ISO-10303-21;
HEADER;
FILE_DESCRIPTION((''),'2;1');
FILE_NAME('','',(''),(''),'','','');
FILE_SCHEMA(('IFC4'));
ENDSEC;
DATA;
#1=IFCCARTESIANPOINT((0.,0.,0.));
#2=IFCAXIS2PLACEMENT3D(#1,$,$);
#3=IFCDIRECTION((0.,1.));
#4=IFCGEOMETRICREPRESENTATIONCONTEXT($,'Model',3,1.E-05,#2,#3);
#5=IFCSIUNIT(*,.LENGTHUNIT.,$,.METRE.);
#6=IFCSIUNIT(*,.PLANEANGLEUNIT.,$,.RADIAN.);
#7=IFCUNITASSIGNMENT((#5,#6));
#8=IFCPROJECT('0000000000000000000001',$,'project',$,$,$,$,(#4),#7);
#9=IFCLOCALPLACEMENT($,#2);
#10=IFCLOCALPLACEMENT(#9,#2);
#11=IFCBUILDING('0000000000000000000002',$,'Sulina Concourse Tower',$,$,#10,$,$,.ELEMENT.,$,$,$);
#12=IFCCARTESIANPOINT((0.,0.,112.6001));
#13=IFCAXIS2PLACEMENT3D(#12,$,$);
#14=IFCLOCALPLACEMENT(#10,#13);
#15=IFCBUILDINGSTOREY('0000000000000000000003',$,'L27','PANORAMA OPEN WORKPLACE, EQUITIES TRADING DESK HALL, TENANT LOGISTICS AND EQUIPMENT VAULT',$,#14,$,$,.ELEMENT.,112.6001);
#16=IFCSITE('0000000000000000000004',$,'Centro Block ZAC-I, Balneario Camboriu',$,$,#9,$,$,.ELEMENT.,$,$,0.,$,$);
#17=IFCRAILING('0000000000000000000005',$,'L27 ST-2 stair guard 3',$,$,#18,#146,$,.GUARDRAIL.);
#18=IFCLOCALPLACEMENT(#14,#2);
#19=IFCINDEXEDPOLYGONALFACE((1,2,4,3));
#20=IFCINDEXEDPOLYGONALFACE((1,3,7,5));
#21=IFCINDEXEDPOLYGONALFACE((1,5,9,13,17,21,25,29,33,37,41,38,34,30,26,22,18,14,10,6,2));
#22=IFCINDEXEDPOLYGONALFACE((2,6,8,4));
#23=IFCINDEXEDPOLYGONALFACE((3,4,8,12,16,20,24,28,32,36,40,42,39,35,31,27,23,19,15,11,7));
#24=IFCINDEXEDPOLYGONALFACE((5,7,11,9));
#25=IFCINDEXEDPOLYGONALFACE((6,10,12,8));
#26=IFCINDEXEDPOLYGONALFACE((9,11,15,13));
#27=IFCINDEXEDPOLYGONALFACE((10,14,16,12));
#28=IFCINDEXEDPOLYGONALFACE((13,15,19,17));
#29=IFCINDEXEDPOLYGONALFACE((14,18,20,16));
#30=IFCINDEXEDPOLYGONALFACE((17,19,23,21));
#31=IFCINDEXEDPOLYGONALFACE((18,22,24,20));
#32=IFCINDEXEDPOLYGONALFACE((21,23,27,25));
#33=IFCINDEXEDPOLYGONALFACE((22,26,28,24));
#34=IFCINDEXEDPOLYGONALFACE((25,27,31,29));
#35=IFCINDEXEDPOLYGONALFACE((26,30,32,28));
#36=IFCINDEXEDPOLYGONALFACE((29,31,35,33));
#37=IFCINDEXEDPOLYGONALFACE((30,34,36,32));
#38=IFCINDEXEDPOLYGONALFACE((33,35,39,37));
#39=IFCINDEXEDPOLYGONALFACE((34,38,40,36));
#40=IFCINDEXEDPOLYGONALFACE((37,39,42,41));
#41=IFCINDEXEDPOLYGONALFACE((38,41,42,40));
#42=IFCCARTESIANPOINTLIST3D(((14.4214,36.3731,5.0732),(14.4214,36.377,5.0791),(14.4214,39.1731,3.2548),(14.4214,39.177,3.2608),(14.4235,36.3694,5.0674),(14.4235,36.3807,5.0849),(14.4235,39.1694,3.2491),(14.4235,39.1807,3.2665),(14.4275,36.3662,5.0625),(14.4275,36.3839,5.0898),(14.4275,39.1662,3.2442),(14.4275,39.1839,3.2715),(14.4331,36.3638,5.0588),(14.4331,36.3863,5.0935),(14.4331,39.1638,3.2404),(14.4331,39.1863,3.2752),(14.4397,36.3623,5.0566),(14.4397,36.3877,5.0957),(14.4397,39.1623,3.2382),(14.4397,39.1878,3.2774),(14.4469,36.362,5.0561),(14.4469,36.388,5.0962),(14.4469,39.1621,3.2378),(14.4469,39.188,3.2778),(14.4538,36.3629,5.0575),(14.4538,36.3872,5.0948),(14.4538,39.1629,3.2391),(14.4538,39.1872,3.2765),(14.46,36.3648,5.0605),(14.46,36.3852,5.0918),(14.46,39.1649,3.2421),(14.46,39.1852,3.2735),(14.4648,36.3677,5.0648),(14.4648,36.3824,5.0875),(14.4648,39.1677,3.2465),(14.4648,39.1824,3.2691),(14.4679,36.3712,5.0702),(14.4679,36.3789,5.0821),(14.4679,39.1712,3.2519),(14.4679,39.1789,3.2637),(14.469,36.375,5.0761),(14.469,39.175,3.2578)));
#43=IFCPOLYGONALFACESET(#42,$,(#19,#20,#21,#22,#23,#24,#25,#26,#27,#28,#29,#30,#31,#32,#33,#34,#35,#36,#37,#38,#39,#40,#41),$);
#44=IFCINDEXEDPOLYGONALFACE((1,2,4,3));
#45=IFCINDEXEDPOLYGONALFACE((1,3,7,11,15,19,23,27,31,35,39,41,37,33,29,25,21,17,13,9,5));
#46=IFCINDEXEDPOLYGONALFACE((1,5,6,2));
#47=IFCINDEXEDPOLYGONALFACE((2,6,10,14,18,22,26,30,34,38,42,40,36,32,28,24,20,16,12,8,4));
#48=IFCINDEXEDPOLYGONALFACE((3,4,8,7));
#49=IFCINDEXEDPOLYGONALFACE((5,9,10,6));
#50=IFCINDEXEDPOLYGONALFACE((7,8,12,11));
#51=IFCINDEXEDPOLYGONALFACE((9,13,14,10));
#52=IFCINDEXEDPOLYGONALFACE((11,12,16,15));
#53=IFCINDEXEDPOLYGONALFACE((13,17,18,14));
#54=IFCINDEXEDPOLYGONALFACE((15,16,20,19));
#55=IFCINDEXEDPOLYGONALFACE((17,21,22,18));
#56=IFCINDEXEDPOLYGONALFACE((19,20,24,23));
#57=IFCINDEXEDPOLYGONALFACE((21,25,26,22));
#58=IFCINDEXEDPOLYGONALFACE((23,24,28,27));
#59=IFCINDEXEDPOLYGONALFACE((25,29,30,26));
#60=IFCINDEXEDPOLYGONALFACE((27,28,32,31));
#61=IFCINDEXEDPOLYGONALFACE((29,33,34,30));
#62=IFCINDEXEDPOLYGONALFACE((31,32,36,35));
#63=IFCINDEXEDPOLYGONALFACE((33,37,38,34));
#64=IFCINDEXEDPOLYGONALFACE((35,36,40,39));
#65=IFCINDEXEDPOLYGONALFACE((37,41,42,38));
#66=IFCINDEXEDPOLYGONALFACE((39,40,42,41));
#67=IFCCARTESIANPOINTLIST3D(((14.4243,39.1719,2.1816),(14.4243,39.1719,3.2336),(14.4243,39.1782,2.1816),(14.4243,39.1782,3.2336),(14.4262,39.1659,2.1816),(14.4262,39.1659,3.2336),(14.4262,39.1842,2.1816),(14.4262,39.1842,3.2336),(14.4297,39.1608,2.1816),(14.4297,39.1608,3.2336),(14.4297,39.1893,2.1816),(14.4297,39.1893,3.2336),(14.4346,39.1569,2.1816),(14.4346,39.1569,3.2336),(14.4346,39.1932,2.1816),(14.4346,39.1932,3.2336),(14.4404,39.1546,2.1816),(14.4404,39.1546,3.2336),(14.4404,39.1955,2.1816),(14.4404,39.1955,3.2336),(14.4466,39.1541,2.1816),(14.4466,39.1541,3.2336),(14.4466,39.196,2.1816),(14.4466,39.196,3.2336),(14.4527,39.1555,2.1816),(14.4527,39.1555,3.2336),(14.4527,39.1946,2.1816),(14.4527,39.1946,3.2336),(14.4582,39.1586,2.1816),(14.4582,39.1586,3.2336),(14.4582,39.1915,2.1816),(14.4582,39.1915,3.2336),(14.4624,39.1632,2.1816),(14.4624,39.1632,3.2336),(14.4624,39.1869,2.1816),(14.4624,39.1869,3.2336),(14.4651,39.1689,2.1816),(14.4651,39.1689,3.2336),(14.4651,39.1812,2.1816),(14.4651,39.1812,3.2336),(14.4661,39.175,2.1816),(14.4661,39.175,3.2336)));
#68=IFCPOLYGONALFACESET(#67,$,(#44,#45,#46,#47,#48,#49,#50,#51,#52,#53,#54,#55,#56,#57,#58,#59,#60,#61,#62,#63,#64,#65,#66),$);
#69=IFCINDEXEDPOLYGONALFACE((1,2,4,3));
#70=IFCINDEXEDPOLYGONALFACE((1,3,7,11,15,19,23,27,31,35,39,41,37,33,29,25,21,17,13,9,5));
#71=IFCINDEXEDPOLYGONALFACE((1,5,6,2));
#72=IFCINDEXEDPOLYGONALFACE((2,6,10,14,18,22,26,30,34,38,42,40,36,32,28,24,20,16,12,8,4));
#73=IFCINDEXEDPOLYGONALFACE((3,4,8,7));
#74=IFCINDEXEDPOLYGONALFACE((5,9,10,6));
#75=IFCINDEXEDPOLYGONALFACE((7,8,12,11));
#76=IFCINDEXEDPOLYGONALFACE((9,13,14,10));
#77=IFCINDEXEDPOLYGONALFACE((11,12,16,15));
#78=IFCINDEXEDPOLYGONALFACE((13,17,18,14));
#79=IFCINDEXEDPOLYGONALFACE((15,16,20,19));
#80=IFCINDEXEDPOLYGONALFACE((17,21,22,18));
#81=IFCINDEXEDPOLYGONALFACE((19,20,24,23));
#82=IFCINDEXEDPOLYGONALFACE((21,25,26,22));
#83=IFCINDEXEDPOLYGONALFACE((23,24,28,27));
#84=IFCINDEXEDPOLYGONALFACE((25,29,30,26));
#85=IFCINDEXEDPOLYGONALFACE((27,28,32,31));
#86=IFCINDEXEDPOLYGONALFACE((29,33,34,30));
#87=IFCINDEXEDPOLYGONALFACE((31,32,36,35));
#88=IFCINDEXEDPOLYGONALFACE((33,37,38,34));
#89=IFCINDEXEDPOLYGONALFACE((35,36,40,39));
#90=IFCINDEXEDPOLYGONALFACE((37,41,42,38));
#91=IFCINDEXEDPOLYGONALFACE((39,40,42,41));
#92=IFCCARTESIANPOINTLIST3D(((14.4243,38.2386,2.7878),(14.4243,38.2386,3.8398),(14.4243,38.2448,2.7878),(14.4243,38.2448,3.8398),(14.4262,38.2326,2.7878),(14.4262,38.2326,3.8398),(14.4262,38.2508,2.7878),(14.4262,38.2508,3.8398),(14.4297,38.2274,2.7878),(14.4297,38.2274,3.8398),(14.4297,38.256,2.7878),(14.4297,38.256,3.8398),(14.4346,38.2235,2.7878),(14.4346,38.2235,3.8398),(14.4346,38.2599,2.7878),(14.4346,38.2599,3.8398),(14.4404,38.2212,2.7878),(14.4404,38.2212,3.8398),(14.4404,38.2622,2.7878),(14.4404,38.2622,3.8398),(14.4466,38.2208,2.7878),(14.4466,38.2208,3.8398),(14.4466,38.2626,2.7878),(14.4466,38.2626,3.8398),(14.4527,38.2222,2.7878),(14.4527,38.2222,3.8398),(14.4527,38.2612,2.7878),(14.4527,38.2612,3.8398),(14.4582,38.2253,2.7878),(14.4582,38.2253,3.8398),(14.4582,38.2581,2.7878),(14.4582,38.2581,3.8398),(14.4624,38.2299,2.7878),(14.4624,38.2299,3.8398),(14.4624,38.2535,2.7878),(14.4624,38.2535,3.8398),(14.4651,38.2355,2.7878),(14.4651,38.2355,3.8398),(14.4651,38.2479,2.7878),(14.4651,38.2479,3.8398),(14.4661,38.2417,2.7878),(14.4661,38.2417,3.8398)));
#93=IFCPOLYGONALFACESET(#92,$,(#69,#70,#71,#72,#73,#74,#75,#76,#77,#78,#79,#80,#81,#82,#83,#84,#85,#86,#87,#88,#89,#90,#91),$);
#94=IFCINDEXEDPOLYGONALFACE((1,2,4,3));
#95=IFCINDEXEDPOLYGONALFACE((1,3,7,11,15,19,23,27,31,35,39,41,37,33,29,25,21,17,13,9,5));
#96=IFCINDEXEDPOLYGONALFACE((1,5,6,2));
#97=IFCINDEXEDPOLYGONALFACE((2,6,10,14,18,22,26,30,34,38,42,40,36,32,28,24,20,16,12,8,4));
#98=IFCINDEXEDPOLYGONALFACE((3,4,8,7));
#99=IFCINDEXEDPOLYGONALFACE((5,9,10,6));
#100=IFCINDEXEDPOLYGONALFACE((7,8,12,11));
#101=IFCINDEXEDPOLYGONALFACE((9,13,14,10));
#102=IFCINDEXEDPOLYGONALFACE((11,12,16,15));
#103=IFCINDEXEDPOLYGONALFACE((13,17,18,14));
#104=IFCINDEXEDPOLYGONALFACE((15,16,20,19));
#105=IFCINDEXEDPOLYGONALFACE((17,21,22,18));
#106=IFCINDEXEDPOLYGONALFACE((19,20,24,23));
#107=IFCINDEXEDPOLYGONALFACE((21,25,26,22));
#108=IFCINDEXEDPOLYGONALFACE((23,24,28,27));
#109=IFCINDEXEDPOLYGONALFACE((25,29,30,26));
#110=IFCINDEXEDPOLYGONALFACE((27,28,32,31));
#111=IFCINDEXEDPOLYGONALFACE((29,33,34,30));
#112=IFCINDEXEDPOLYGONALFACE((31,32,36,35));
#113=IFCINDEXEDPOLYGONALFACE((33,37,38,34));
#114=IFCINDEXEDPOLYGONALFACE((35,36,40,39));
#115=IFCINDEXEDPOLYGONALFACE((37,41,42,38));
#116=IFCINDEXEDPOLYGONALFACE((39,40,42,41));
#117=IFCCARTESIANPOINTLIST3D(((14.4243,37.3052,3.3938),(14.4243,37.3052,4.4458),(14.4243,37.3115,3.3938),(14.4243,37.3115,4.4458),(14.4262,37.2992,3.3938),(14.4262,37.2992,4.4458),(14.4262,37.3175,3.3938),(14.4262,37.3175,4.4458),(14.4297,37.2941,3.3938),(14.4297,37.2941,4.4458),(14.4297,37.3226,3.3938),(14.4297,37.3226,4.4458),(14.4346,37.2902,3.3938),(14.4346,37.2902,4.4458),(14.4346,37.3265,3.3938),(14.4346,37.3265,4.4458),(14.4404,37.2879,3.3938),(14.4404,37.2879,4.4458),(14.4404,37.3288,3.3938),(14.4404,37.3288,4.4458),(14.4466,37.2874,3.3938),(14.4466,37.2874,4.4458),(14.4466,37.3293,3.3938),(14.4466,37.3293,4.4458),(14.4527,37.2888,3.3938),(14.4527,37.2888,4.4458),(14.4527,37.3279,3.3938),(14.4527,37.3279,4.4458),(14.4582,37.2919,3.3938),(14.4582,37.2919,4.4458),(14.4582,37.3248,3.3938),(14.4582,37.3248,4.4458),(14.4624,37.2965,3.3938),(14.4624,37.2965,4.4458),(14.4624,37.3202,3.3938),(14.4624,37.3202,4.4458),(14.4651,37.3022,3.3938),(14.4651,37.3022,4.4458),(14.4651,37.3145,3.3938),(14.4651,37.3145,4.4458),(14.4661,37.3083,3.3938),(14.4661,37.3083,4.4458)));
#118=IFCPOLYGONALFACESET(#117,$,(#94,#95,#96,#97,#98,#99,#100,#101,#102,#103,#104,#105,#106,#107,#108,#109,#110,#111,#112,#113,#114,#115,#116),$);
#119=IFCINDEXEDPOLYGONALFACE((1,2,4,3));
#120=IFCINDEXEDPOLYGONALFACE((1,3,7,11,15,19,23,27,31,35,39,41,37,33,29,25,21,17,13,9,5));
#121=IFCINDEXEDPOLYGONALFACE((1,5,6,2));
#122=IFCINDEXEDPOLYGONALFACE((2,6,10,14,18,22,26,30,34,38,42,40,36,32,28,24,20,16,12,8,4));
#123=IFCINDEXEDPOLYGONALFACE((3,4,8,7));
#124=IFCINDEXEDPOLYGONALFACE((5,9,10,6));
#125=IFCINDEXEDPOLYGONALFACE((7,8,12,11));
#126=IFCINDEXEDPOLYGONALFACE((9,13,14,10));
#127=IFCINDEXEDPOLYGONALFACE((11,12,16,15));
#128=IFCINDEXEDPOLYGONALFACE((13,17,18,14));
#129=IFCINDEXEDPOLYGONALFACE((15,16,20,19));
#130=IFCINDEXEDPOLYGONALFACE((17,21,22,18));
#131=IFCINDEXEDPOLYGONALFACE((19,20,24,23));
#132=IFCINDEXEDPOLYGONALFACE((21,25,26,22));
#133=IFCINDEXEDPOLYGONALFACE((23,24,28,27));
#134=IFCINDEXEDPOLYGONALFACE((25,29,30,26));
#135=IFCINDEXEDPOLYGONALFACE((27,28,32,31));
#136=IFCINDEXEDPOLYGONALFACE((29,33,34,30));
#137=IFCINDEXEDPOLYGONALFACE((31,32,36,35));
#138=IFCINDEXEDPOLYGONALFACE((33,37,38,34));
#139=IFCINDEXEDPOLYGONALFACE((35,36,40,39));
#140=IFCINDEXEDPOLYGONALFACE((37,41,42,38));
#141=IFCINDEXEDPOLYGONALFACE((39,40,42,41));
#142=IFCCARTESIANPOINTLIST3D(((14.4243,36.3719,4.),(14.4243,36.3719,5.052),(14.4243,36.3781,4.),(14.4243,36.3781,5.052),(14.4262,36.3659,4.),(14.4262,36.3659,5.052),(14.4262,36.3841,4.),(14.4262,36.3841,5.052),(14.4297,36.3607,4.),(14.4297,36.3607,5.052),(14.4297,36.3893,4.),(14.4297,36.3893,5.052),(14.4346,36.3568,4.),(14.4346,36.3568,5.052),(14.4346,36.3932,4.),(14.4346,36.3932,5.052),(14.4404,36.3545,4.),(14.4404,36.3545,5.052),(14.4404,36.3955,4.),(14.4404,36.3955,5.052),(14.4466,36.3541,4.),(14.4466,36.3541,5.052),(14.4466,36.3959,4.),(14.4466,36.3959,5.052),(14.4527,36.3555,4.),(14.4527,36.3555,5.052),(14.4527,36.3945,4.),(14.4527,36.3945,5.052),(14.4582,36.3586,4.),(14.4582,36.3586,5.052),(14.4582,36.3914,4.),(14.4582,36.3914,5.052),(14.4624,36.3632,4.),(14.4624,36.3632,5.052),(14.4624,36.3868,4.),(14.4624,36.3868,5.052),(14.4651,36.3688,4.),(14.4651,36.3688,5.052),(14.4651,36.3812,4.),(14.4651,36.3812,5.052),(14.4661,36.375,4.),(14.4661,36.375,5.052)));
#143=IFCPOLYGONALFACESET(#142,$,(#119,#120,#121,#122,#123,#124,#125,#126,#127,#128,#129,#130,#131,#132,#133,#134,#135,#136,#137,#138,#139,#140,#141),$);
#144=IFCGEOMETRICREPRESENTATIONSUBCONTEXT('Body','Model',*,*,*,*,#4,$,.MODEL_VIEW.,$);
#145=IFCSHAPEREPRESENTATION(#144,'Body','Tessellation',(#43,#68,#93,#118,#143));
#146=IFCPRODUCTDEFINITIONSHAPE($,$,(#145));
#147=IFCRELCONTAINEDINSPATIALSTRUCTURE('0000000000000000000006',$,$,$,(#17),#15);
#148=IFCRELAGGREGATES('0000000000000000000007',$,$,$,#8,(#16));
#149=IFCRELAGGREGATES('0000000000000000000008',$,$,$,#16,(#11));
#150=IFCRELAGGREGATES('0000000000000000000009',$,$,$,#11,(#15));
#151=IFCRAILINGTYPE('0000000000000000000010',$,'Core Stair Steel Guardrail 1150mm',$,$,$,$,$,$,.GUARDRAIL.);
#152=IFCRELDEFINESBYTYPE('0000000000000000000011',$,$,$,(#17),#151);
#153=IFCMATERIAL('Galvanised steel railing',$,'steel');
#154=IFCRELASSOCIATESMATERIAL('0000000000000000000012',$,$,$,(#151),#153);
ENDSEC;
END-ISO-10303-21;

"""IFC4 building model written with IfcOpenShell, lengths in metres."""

from ifc_helpers import new_model, si_unit, direction, frame, origin, origin_2d, place, context, subcontext, project, spatial, circle, extrude, material, type_object, element, save


model = new_model("IFC4")

# Units and contexts
model_context = context("Model", 3, precision=1e-05, world=origin(), true_north=direction((0.0, 1.0)))
body_context = subcontext(model_context, "Body", "Model", "MODEL_VIEW")
ifc_project = project(units=[si_unit("LENGTHUNIT", "METRE"), si_unit("PLANEANGLEUNIT", "RADIAN")], contexts=[model_context])

# Site, building, storey
site_placement = place(None, origin())
site = spatial("IfcSite", under=ifc_project, at=site_placement, Name="Centro Block ZAC-I, Balneario Camboriu", CompositionType="ELEMENT", RefElevation=0.0)
building_placement = place(site_placement, origin())
building = spatial("IfcBuilding", under=site, at=building_placement, Name="Sulina Concourse Tower", CompositionType="ELEMENT")
storey_placement = place(building_placement, frame((0.0, 0.0, 112.6001)))
storey = spatial("IfcBuildingStorey", under=building, at=storey_placement, Name="L27", Description="PANORAMA OPEN WORKPLACE, EQUITIES TRADING DESK HALL, TENANT LOGISTICS AND EQUIPMENT VAULT", CompositionType="ELEMENT", Elevation=112.6001)

# Railing
ifc_material_1 = material(Name="Galvanised steel railing", Category="steel")
railing_type_1 = type_object("IfcRailingType", Name="Core Stair Steel Guardrail 1150mm", PredefinedType="GUARDRAIL", material=ifc_material_1)
railing_1_placement = place(storey_placement, frame((14.4451, 39.175, 2.1816)))
element("IfcRailing", 1, at=railing_1_placement, inside=storey, type_object=railing_type_1, Name="L27 ST-2 stair guard 3", PredefinedType="GUARDRAIL", context=body_context, shape_type="SweptSolid", body=[
    extrude(circle(Radius=0.0239, at=origin_2d()), frame((0.0, 0.0, 1.0762), z_axis=(0.0, -0.838672, 0.544636), x_axis=(1.0, 0.0, 0.0)), (0.0, 0.0, 1.0), 3.3386),
    extrude(circle(Radius=0.021, at=origin_2d()), origin(), (0.0, 0.0, 1.0), 1.052),
    extrude(circle(Radius=0.021, at=origin_2d()), frame((0.0, -0.9333, 0.6062)), (0.0, 0.0, 1.0), 1.052),
    extrude(circle(Radius=0.021, at=origin_2d()), frame((0.0, -1.8667, 1.2122)), (0.0, 0.0, 1.0), 1.052),
    extrude(circle(Radius=0.021, at=origin_2d()), frame((0.0, -2.8, 1.8184)), (0.0, 0.0, 1.0), 1.052),
])

save(model, "model.ifc")
